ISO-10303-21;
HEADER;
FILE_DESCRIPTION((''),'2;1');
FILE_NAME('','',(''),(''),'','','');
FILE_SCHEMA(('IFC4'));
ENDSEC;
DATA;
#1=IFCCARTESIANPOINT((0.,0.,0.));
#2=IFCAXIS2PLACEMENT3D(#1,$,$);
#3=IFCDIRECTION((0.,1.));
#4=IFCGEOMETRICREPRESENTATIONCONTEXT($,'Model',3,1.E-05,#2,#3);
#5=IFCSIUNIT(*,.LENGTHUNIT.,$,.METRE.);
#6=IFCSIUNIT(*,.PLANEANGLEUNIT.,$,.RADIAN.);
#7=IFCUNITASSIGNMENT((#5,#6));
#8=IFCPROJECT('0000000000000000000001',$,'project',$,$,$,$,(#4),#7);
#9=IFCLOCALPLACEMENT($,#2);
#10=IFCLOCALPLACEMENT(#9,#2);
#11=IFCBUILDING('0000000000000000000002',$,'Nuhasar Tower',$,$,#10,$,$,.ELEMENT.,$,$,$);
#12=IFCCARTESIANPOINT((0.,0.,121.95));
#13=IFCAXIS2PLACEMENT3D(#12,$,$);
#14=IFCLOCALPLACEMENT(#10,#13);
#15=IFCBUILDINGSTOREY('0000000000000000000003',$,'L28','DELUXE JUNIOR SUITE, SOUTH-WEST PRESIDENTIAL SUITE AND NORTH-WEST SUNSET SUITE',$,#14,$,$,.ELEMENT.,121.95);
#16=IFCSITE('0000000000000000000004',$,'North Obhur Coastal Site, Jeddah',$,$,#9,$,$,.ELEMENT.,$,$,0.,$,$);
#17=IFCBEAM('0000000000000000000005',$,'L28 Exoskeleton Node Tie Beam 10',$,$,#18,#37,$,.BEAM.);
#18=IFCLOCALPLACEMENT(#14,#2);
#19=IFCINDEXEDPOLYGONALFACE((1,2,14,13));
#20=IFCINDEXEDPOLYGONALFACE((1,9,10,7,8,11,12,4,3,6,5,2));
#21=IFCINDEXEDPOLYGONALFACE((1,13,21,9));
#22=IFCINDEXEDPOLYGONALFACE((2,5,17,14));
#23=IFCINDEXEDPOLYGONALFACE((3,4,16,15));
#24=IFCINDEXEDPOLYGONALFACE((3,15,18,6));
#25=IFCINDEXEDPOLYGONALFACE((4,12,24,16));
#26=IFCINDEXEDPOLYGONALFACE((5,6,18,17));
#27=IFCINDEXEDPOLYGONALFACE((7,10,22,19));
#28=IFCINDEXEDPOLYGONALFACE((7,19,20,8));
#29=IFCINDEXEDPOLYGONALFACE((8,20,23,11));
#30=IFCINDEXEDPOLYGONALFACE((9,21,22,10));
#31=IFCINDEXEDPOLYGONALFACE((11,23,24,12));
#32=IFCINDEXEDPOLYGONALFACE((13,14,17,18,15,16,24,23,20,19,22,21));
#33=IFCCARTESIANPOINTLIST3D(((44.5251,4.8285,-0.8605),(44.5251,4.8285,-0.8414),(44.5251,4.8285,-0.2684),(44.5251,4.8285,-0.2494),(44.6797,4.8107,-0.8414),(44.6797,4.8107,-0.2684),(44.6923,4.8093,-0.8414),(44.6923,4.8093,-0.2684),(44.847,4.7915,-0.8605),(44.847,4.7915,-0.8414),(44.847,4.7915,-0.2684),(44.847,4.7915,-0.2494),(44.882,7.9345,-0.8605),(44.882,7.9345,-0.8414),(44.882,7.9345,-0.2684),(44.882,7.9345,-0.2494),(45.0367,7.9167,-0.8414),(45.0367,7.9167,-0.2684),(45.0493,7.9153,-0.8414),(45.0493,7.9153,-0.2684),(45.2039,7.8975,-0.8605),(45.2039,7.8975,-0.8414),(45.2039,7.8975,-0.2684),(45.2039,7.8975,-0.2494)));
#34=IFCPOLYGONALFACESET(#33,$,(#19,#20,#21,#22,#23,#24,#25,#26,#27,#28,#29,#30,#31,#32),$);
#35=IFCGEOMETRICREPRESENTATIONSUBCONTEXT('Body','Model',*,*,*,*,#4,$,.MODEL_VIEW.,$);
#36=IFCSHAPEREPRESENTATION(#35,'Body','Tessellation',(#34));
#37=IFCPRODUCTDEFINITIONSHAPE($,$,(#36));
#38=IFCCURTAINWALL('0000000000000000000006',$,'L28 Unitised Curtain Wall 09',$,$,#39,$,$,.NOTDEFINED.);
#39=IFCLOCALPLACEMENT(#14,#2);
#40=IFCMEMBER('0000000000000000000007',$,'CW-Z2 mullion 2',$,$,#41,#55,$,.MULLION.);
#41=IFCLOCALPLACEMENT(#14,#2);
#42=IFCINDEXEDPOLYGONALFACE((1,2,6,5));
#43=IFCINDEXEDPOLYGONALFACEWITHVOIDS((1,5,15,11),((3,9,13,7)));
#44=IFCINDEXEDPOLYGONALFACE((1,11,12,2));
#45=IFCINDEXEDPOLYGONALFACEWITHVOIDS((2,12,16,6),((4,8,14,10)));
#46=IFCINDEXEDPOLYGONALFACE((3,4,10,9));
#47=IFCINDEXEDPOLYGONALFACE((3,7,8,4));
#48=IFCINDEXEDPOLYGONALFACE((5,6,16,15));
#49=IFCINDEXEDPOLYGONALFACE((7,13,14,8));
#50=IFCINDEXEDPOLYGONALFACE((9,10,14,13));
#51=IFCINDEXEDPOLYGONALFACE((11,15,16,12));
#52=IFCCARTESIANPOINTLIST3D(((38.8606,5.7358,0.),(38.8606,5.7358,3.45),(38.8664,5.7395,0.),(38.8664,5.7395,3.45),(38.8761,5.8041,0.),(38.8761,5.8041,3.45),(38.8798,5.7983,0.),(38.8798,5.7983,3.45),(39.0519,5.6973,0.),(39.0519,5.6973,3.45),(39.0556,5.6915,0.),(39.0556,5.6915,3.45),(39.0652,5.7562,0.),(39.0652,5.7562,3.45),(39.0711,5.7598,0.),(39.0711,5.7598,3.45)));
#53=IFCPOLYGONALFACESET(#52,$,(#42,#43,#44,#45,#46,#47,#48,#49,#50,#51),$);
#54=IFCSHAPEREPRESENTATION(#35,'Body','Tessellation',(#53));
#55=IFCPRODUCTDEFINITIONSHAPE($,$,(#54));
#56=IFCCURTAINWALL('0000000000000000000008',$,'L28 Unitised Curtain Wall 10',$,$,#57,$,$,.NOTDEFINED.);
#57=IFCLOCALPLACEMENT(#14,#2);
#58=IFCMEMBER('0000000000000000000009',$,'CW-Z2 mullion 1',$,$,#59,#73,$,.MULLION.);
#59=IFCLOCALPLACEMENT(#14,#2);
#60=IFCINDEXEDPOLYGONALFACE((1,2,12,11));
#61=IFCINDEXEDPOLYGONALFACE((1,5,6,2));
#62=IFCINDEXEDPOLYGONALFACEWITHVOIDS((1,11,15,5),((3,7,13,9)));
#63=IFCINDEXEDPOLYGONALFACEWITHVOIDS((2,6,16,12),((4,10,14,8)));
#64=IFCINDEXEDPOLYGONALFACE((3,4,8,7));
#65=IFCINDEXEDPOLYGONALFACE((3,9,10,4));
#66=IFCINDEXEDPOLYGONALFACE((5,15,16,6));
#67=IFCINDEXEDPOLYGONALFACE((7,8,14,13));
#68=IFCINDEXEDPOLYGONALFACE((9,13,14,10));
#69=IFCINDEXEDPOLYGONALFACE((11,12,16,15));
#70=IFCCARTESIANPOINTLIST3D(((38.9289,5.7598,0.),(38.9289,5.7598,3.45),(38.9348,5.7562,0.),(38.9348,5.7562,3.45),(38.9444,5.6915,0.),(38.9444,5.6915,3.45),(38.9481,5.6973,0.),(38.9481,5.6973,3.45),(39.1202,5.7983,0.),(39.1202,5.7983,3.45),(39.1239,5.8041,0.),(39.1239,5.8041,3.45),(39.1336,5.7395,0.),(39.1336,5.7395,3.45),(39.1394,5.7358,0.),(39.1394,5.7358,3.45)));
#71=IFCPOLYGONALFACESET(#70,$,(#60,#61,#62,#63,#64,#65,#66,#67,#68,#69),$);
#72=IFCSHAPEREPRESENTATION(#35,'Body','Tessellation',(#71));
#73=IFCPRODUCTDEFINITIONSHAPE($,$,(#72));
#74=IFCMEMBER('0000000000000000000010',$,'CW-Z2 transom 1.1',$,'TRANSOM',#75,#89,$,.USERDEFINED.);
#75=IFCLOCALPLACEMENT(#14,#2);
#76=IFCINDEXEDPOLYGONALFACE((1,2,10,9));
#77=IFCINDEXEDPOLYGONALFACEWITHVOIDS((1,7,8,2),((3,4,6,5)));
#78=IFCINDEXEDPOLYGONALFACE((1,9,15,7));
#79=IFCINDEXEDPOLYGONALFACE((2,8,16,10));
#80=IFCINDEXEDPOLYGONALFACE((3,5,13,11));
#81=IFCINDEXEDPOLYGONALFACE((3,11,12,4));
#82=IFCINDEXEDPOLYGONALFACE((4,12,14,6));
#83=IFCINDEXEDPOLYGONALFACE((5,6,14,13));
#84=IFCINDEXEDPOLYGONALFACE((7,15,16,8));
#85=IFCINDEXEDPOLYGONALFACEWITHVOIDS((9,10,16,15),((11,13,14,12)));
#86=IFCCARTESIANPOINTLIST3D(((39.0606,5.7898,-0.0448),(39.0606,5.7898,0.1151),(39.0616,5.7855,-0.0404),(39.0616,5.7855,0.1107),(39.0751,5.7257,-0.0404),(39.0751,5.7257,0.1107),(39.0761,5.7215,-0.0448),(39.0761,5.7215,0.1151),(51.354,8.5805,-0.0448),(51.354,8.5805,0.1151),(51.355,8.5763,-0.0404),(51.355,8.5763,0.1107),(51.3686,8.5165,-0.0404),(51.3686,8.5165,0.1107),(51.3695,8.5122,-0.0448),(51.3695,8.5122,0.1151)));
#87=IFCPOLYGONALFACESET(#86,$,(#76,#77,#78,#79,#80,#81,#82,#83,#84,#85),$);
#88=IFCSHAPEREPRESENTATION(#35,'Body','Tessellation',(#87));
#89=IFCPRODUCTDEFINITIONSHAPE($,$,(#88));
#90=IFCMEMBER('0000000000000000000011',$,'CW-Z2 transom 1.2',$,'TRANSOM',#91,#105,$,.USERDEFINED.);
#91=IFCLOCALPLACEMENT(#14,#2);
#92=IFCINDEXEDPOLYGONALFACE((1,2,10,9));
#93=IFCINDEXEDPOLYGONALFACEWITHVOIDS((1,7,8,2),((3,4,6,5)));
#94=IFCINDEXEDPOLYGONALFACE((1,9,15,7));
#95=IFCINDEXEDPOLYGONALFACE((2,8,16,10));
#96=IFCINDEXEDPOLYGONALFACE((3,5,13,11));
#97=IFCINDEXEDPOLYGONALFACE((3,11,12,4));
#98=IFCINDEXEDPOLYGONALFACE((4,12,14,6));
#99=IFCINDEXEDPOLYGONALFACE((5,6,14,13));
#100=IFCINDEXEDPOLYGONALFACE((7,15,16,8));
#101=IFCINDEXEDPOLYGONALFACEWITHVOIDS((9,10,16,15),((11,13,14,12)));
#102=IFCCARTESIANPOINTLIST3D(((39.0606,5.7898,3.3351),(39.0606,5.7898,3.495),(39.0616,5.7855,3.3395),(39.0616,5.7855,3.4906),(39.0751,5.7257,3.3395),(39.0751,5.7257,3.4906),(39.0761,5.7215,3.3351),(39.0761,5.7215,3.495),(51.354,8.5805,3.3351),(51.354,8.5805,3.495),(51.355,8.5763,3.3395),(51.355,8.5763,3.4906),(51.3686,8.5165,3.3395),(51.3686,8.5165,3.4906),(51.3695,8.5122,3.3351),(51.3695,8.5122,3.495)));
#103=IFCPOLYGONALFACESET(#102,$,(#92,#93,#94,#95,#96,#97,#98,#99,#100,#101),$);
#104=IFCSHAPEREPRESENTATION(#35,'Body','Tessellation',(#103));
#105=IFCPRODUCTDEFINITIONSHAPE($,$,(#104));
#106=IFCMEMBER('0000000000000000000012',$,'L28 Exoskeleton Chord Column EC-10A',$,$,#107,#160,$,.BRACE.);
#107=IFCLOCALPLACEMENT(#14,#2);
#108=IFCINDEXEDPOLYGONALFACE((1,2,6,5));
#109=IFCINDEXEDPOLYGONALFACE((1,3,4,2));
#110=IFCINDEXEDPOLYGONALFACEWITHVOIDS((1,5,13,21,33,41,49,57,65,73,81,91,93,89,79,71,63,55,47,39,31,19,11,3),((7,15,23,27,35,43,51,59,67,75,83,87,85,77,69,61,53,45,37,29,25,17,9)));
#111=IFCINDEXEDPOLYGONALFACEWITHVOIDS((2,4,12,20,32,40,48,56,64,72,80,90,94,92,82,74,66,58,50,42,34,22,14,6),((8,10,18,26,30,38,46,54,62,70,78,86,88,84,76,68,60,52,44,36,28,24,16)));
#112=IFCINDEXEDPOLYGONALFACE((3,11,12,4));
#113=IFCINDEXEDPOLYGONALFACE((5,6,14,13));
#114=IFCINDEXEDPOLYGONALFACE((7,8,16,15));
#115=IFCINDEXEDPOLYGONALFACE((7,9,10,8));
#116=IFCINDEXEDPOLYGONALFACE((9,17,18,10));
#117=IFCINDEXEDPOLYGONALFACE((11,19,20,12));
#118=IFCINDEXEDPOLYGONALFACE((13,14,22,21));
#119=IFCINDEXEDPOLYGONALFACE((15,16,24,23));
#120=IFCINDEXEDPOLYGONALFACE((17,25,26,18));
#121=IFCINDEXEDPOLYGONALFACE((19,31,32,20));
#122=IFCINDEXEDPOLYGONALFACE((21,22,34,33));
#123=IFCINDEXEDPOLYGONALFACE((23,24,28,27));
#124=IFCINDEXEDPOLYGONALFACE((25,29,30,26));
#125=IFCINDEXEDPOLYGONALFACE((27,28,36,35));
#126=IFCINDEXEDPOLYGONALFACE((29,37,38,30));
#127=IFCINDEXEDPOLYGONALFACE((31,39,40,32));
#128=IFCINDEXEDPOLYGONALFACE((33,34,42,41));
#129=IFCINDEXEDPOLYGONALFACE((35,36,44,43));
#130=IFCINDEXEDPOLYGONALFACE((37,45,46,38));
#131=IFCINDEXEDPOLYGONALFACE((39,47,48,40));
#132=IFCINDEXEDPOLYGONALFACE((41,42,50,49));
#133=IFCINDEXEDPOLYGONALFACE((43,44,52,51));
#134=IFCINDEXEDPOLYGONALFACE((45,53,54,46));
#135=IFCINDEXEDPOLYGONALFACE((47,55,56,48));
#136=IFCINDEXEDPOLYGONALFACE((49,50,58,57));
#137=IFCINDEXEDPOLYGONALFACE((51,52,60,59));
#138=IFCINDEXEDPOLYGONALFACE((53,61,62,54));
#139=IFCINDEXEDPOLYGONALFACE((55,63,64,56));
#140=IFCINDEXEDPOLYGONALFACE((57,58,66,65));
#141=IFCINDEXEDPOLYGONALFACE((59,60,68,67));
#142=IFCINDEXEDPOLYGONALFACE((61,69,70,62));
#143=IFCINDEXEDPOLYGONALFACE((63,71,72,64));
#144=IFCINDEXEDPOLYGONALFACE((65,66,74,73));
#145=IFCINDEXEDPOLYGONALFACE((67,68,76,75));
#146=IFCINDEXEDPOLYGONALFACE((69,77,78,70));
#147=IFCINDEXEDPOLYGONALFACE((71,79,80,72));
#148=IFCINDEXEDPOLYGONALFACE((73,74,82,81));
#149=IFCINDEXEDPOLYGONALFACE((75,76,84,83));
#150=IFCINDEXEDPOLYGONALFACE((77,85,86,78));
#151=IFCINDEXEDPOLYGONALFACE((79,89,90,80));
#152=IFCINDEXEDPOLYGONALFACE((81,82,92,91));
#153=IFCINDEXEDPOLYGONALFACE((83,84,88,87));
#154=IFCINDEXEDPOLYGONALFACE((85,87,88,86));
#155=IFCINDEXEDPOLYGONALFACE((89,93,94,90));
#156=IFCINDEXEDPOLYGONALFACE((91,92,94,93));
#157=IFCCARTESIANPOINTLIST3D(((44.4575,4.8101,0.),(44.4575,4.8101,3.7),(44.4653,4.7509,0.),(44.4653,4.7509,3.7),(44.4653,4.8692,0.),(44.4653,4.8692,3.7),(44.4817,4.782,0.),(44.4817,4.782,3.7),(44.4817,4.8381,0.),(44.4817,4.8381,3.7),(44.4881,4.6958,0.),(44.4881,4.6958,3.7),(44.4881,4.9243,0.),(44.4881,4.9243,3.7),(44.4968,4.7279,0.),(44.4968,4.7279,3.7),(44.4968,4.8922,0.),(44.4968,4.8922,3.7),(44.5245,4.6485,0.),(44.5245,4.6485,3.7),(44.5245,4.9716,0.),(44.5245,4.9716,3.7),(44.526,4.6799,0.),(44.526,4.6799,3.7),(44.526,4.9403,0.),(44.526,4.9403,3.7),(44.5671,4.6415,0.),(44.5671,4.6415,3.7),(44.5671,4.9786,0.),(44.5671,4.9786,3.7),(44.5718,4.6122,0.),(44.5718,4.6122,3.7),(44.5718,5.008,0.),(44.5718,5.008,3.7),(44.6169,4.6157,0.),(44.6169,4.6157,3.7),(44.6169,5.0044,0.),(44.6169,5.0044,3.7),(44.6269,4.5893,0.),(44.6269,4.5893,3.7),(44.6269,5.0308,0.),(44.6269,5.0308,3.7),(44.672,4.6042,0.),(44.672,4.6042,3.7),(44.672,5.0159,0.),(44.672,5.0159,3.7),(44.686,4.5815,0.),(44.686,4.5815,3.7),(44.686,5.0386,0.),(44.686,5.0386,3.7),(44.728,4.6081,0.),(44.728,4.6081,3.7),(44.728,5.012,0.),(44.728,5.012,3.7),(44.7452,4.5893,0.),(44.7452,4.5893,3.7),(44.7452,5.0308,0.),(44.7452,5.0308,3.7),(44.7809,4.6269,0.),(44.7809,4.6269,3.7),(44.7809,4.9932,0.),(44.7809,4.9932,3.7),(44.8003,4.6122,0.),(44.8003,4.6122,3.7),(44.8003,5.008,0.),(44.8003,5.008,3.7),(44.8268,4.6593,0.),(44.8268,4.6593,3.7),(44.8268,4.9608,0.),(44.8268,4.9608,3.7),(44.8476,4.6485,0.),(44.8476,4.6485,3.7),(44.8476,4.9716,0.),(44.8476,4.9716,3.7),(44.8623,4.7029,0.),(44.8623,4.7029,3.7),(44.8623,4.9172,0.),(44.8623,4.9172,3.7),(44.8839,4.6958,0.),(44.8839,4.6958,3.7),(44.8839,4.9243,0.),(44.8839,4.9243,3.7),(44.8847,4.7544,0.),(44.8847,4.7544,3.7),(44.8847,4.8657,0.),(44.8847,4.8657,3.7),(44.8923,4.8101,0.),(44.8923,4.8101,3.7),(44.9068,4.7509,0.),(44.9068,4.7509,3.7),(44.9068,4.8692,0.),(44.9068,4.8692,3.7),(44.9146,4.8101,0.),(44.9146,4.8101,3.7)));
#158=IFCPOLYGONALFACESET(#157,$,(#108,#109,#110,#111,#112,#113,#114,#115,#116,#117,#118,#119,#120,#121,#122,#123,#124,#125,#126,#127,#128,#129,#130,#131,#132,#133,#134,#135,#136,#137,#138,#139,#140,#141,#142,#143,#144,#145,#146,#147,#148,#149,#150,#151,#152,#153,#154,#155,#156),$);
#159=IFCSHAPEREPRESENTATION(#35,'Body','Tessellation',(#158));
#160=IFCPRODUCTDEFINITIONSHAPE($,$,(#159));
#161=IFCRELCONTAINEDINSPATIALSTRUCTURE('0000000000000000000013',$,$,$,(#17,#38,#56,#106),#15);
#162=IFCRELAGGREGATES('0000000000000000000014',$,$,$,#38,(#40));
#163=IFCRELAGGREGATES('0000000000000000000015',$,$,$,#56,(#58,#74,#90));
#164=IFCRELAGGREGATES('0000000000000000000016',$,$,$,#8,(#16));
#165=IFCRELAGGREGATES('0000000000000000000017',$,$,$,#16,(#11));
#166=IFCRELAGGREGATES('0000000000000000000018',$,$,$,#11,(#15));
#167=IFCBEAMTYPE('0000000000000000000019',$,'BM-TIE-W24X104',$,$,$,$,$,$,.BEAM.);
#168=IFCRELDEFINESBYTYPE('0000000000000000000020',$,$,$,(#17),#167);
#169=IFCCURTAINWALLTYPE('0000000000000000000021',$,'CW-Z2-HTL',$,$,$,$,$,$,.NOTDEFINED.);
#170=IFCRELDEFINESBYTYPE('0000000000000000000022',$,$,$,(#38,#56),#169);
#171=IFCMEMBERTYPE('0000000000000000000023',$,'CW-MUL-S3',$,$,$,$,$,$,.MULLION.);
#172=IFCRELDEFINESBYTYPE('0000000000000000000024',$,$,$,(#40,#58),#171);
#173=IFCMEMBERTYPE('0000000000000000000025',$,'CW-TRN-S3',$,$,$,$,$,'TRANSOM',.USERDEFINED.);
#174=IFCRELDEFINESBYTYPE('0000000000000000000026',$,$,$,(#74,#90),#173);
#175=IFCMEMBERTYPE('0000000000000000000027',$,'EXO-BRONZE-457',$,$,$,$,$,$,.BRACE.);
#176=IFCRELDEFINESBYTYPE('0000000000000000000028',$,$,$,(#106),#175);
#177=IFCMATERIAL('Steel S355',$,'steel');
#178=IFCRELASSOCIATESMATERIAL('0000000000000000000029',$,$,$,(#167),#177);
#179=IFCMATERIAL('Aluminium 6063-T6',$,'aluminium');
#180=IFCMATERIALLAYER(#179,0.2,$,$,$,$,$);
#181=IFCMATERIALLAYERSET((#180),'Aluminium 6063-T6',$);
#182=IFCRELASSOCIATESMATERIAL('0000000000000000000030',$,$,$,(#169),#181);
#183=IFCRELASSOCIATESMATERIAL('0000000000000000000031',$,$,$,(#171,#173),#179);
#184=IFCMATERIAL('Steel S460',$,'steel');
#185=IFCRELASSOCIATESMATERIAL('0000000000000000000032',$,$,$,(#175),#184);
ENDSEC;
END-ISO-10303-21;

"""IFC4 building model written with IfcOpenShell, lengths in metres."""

from ifc_helpers import new_model, si_unit, direction, frame, origin, origin_2d, place, context, subcontext, project, spatial, hollow_rectangle, hollow_circle, i_section, extrude, material, layer, layer_set, material_profile, profile_set, type_object, element, aggregate, save


model = new_model("IFC4")

# Units and contexts
model_context = context("Model", 3, precision=1e-05, world=origin(), true_north=direction((0.0, 1.0)))
body_context = subcontext(model_context, "Body", "Model", "MODEL_VIEW")
ifc_project = project(units=[si_unit("LENGTHUNIT", "METRE"), si_unit("PLANEANGLEUNIT", "RADIAN")], contexts=[model_context])

# Site, building, storey
site_placement = place(None, origin())
site = spatial("IfcSite", under=ifc_project, at=site_placement, Name="North Obhur Coastal Site, Jeddah", CompositionType="ELEMENT", RefElevation=0.0)
building_placement = place(site_placement, origin())
building = spatial("IfcBuilding", under=site, at=building_placement, Name="Nuhasar Tower", CompositionType="ELEMENT")
storey_placement = place(building_placement, frame((0.0, 0.0, 121.95)))
storey = spatial("IfcBuildingStorey", under=building, at=storey_placement, Name="L28", Description="DELUXE JUNIOR SUITE, SOUTH-WEST PRESIDENTIAL SUITE AND NORTH-WEST SUNSET SUITE", CompositionType="ELEMENT", Elevation=121.95)

# Beam
ifc_material_1 = material(Name="Steel S355", Category="steel")
ifc_material_profile_1 = material_profile(ifc_material_1, i_section(OverallWidth=0.324, OverallDepth=0.6111, WebThickness=0.0127, FlangeThickness=0.019, at=origin_2d()), Name="W24X104")
ifc_profile_set_1 = profile_set([ifc_material_profile_1], Name="Steel S355")
beam_type_1 = type_object("IfcBeamType", Name="BM-TIE-W24X104", PredefinedType="BEAM", material=ifc_profile_set_1)
beam_1_placement = place(storey_placement, frame((45.043, 7.916, -0.5549), z_axis=(-0.114168, -0.993461, 0.0), x_axis=(0.993461, -0.114168, 0.0)))
element("IfcBeam", 1, at=beam_1_placement, inside=storey, type_object=beam_type_1, Name="L28 Exoskeleton Node Tie Beam 10", PredefinedType="BEAM", context=body_context, shape_type="SweptSolid", body=[
    extrude(i_section(OverallWidth=0.324, OverallDepth=0.6111, WebThickness=0.0127, FlangeThickness=0.019, at=origin_2d()), origin(), (0.0, 0.0, 1.0), 3.1265),
])

# Curtain wall, member
ifc_material_2 = material(Name="Aluminium 6063-T6", Category="aluminium")
ifc_layer_1 = layer(ifc_material_2, 0.2)
ifc_layer_set_1 = layer_set([ifc_layer_1], Name="Aluminium 6063-T6")
curtain_wall_type = type_object("IfcCurtainWallType", Name="CW-Z2-HTL", PredefinedType="NOTDEFINED", material=ifc_layer_set_1)
curtain_wall_1_placement = place(storey_placement, origin())
curtain_wall_1 = element("IfcCurtainWall", 2, at=curtain_wall_1_placement, inside=storey, type_object=curtain_wall_type, Name="L28 Unitised Curtain Wall 09", PredefinedType="NOTDEFINED")
ifc_material_profile_2 = material_profile(ifc_material_2, hollow_rectangle(XDim=0.0701, YDim=0.2, WallThickness=0.0049, at=origin_2d()), Name="CWM-3")
ifc_profile_set_2 = profile_set([ifc_material_profile_2], Name="Aluminium 6063-T6")
member_type_1 = type_object("IfcMemberType", Name="CW-MUL-S3", PredefinedType="MULLION", material=ifc_profile_set_2)
member_1_placement = place(storey_placement, frame((38.9658, 5.7478, 0.0), z_axis=(0.0, 0.0, 1.0), x_axis=(0.221397, 0.975184, 0.0)))
member_1 = element("IfcMember", 3, at=member_1_placement, type_object=member_type_1, Name="CW-Z2 mullion 2", PredefinedType="MULLION", context=body_context, shape_type="SweptSolid", body=[
    extrude(hollow_rectangle(XDim=0.0701, YDim=0.2, WallThickness=0.0049, at=origin_2d()), origin(), (0.0, 0.0, 1.0), 3.45),
])
aggregate(curtain_wall_1, [member_1])

# Curtain wall, members
curtain_wall_2_placement = place(storey_placement, origin())
curtain_wall_2 = element("IfcCurtainWall", 4, at=curtain_wall_2_placement, inside=storey, type_object=curtain_wall_type, Name="L28 Unitised Curtain Wall 10", PredefinedType="NOTDEFINED")
member_2_placement = place(storey_placement, frame((39.0342, 5.7478, 0.0), z_axis=(0.0, 0.0, 1.0), x_axis=(-0.221397, 0.975184, 0.0)))
member_2 = element("IfcMember", 5, at=member_2_placement, type_object=member_type_1, Name="CW-Z2 mullion 1", PredefinedType="MULLION", context=body_context, shape_type="SweptSolid", body=[
    extrude(hollow_rectangle(XDim=0.0701, YDim=0.2, WallThickness=0.0049, at=origin_2d()), origin(), (0.0, 0.0, 1.0), 3.45),
])
ifc_material_profile_3 = material_profile(ifc_material_2, hollow_rectangle(XDim=0.0701, YDim=0.1599, WallThickness=0.0044, at=origin_2d()), Name="CWT-3")
ifc_profile_set_3 = profile_set([ifc_material_profile_3], Name="Aluminium 6063-T6")
member_type_2 = type_object("IfcMemberType", Name="CW-TRN-S3", ElementType="TRANSOM", PredefinedType="USERDEFINED", material=ifc_profile_set_3)
member_3_placement = place(storey_placement, frame((39.0684, 5.7556, 0.0352), z_axis=(0.975188, 0.22138, 0.0), x_axis=(-0.22138, 0.975188, 0.0)))
member_3 = element("IfcMember", 6, at=member_3_placement, type_object=member_type_2, Name="CW-Z2 transom 1.1", ObjectType="TRANSOM", PredefinedType="USERDEFINED", context=body_context, shape_type="SweptSolid", body=[
    extrude(hollow_rectangle(XDim=0.0701, YDim=0.1599, WallThickness=0.0044, at=origin_2d()), origin(), (0.0, 0.0, 1.0), 12.6062),
])
member_4_placement = place(storey_placement, frame((39.0684, 5.7556, 3.415), z_axis=(0.975188, 0.22138, 0.0), x_axis=(-0.22138, 0.975188, 0.0)))
member_4 = element("IfcMember", 7, at=member_4_placement, type_object=member_type_2, Name="CW-Z2 transom 1.2", ObjectType="TRANSOM", PredefinedType="USERDEFINED", context=body_context, shape_type="SweptSolid", body=[
    extrude(hollow_rectangle(XDim=0.0701, YDim=0.1599, WallThickness=0.0044, at=origin_2d()), origin(), (0.0, 0.0, 1.0), 12.6062),
])

# Member
ifc_material_3 = material(Name="Steel S460", Category="steel")
ifc_material_profile_4 = material_profile(ifc_material_3, hollow_circle(Radius=0.2285, WallThickness=0.0222, at=origin_2d()), Name="HSS457X22.2")
ifc_profile_set_4 = profile_set([ifc_material_profile_4], Name="Steel S460")
member_type_3 = type_object("IfcMemberType", Name="EXO-BRONZE-457", PredefinedType="BRACE", material=ifc_profile_set_4)
member_5_placement = place(storey_placement, frame((44.686, 4.8101, 0.0), z_axis=(0.0, 0.0, 1.0), x_axis=(1.0, 0.0, 0.0)))
element("IfcMember", 8, at=member_5_placement, inside=storey, type_object=member_type_3, Name="L28 Exoskeleton Chord Column EC-10A", PredefinedType="BRACE", context=body_context, shape_type="SweptSolid", body=[
    extrude(hollow_circle(Radius=0.2285, WallThickness=0.0222, at=origin_2d()), origin(), (0.0, 0.0, 1.0), 3.7),
])

aggregate(curtain_wall_2, [member_2, member_3, member_4])

save(model, "model.ifc")
